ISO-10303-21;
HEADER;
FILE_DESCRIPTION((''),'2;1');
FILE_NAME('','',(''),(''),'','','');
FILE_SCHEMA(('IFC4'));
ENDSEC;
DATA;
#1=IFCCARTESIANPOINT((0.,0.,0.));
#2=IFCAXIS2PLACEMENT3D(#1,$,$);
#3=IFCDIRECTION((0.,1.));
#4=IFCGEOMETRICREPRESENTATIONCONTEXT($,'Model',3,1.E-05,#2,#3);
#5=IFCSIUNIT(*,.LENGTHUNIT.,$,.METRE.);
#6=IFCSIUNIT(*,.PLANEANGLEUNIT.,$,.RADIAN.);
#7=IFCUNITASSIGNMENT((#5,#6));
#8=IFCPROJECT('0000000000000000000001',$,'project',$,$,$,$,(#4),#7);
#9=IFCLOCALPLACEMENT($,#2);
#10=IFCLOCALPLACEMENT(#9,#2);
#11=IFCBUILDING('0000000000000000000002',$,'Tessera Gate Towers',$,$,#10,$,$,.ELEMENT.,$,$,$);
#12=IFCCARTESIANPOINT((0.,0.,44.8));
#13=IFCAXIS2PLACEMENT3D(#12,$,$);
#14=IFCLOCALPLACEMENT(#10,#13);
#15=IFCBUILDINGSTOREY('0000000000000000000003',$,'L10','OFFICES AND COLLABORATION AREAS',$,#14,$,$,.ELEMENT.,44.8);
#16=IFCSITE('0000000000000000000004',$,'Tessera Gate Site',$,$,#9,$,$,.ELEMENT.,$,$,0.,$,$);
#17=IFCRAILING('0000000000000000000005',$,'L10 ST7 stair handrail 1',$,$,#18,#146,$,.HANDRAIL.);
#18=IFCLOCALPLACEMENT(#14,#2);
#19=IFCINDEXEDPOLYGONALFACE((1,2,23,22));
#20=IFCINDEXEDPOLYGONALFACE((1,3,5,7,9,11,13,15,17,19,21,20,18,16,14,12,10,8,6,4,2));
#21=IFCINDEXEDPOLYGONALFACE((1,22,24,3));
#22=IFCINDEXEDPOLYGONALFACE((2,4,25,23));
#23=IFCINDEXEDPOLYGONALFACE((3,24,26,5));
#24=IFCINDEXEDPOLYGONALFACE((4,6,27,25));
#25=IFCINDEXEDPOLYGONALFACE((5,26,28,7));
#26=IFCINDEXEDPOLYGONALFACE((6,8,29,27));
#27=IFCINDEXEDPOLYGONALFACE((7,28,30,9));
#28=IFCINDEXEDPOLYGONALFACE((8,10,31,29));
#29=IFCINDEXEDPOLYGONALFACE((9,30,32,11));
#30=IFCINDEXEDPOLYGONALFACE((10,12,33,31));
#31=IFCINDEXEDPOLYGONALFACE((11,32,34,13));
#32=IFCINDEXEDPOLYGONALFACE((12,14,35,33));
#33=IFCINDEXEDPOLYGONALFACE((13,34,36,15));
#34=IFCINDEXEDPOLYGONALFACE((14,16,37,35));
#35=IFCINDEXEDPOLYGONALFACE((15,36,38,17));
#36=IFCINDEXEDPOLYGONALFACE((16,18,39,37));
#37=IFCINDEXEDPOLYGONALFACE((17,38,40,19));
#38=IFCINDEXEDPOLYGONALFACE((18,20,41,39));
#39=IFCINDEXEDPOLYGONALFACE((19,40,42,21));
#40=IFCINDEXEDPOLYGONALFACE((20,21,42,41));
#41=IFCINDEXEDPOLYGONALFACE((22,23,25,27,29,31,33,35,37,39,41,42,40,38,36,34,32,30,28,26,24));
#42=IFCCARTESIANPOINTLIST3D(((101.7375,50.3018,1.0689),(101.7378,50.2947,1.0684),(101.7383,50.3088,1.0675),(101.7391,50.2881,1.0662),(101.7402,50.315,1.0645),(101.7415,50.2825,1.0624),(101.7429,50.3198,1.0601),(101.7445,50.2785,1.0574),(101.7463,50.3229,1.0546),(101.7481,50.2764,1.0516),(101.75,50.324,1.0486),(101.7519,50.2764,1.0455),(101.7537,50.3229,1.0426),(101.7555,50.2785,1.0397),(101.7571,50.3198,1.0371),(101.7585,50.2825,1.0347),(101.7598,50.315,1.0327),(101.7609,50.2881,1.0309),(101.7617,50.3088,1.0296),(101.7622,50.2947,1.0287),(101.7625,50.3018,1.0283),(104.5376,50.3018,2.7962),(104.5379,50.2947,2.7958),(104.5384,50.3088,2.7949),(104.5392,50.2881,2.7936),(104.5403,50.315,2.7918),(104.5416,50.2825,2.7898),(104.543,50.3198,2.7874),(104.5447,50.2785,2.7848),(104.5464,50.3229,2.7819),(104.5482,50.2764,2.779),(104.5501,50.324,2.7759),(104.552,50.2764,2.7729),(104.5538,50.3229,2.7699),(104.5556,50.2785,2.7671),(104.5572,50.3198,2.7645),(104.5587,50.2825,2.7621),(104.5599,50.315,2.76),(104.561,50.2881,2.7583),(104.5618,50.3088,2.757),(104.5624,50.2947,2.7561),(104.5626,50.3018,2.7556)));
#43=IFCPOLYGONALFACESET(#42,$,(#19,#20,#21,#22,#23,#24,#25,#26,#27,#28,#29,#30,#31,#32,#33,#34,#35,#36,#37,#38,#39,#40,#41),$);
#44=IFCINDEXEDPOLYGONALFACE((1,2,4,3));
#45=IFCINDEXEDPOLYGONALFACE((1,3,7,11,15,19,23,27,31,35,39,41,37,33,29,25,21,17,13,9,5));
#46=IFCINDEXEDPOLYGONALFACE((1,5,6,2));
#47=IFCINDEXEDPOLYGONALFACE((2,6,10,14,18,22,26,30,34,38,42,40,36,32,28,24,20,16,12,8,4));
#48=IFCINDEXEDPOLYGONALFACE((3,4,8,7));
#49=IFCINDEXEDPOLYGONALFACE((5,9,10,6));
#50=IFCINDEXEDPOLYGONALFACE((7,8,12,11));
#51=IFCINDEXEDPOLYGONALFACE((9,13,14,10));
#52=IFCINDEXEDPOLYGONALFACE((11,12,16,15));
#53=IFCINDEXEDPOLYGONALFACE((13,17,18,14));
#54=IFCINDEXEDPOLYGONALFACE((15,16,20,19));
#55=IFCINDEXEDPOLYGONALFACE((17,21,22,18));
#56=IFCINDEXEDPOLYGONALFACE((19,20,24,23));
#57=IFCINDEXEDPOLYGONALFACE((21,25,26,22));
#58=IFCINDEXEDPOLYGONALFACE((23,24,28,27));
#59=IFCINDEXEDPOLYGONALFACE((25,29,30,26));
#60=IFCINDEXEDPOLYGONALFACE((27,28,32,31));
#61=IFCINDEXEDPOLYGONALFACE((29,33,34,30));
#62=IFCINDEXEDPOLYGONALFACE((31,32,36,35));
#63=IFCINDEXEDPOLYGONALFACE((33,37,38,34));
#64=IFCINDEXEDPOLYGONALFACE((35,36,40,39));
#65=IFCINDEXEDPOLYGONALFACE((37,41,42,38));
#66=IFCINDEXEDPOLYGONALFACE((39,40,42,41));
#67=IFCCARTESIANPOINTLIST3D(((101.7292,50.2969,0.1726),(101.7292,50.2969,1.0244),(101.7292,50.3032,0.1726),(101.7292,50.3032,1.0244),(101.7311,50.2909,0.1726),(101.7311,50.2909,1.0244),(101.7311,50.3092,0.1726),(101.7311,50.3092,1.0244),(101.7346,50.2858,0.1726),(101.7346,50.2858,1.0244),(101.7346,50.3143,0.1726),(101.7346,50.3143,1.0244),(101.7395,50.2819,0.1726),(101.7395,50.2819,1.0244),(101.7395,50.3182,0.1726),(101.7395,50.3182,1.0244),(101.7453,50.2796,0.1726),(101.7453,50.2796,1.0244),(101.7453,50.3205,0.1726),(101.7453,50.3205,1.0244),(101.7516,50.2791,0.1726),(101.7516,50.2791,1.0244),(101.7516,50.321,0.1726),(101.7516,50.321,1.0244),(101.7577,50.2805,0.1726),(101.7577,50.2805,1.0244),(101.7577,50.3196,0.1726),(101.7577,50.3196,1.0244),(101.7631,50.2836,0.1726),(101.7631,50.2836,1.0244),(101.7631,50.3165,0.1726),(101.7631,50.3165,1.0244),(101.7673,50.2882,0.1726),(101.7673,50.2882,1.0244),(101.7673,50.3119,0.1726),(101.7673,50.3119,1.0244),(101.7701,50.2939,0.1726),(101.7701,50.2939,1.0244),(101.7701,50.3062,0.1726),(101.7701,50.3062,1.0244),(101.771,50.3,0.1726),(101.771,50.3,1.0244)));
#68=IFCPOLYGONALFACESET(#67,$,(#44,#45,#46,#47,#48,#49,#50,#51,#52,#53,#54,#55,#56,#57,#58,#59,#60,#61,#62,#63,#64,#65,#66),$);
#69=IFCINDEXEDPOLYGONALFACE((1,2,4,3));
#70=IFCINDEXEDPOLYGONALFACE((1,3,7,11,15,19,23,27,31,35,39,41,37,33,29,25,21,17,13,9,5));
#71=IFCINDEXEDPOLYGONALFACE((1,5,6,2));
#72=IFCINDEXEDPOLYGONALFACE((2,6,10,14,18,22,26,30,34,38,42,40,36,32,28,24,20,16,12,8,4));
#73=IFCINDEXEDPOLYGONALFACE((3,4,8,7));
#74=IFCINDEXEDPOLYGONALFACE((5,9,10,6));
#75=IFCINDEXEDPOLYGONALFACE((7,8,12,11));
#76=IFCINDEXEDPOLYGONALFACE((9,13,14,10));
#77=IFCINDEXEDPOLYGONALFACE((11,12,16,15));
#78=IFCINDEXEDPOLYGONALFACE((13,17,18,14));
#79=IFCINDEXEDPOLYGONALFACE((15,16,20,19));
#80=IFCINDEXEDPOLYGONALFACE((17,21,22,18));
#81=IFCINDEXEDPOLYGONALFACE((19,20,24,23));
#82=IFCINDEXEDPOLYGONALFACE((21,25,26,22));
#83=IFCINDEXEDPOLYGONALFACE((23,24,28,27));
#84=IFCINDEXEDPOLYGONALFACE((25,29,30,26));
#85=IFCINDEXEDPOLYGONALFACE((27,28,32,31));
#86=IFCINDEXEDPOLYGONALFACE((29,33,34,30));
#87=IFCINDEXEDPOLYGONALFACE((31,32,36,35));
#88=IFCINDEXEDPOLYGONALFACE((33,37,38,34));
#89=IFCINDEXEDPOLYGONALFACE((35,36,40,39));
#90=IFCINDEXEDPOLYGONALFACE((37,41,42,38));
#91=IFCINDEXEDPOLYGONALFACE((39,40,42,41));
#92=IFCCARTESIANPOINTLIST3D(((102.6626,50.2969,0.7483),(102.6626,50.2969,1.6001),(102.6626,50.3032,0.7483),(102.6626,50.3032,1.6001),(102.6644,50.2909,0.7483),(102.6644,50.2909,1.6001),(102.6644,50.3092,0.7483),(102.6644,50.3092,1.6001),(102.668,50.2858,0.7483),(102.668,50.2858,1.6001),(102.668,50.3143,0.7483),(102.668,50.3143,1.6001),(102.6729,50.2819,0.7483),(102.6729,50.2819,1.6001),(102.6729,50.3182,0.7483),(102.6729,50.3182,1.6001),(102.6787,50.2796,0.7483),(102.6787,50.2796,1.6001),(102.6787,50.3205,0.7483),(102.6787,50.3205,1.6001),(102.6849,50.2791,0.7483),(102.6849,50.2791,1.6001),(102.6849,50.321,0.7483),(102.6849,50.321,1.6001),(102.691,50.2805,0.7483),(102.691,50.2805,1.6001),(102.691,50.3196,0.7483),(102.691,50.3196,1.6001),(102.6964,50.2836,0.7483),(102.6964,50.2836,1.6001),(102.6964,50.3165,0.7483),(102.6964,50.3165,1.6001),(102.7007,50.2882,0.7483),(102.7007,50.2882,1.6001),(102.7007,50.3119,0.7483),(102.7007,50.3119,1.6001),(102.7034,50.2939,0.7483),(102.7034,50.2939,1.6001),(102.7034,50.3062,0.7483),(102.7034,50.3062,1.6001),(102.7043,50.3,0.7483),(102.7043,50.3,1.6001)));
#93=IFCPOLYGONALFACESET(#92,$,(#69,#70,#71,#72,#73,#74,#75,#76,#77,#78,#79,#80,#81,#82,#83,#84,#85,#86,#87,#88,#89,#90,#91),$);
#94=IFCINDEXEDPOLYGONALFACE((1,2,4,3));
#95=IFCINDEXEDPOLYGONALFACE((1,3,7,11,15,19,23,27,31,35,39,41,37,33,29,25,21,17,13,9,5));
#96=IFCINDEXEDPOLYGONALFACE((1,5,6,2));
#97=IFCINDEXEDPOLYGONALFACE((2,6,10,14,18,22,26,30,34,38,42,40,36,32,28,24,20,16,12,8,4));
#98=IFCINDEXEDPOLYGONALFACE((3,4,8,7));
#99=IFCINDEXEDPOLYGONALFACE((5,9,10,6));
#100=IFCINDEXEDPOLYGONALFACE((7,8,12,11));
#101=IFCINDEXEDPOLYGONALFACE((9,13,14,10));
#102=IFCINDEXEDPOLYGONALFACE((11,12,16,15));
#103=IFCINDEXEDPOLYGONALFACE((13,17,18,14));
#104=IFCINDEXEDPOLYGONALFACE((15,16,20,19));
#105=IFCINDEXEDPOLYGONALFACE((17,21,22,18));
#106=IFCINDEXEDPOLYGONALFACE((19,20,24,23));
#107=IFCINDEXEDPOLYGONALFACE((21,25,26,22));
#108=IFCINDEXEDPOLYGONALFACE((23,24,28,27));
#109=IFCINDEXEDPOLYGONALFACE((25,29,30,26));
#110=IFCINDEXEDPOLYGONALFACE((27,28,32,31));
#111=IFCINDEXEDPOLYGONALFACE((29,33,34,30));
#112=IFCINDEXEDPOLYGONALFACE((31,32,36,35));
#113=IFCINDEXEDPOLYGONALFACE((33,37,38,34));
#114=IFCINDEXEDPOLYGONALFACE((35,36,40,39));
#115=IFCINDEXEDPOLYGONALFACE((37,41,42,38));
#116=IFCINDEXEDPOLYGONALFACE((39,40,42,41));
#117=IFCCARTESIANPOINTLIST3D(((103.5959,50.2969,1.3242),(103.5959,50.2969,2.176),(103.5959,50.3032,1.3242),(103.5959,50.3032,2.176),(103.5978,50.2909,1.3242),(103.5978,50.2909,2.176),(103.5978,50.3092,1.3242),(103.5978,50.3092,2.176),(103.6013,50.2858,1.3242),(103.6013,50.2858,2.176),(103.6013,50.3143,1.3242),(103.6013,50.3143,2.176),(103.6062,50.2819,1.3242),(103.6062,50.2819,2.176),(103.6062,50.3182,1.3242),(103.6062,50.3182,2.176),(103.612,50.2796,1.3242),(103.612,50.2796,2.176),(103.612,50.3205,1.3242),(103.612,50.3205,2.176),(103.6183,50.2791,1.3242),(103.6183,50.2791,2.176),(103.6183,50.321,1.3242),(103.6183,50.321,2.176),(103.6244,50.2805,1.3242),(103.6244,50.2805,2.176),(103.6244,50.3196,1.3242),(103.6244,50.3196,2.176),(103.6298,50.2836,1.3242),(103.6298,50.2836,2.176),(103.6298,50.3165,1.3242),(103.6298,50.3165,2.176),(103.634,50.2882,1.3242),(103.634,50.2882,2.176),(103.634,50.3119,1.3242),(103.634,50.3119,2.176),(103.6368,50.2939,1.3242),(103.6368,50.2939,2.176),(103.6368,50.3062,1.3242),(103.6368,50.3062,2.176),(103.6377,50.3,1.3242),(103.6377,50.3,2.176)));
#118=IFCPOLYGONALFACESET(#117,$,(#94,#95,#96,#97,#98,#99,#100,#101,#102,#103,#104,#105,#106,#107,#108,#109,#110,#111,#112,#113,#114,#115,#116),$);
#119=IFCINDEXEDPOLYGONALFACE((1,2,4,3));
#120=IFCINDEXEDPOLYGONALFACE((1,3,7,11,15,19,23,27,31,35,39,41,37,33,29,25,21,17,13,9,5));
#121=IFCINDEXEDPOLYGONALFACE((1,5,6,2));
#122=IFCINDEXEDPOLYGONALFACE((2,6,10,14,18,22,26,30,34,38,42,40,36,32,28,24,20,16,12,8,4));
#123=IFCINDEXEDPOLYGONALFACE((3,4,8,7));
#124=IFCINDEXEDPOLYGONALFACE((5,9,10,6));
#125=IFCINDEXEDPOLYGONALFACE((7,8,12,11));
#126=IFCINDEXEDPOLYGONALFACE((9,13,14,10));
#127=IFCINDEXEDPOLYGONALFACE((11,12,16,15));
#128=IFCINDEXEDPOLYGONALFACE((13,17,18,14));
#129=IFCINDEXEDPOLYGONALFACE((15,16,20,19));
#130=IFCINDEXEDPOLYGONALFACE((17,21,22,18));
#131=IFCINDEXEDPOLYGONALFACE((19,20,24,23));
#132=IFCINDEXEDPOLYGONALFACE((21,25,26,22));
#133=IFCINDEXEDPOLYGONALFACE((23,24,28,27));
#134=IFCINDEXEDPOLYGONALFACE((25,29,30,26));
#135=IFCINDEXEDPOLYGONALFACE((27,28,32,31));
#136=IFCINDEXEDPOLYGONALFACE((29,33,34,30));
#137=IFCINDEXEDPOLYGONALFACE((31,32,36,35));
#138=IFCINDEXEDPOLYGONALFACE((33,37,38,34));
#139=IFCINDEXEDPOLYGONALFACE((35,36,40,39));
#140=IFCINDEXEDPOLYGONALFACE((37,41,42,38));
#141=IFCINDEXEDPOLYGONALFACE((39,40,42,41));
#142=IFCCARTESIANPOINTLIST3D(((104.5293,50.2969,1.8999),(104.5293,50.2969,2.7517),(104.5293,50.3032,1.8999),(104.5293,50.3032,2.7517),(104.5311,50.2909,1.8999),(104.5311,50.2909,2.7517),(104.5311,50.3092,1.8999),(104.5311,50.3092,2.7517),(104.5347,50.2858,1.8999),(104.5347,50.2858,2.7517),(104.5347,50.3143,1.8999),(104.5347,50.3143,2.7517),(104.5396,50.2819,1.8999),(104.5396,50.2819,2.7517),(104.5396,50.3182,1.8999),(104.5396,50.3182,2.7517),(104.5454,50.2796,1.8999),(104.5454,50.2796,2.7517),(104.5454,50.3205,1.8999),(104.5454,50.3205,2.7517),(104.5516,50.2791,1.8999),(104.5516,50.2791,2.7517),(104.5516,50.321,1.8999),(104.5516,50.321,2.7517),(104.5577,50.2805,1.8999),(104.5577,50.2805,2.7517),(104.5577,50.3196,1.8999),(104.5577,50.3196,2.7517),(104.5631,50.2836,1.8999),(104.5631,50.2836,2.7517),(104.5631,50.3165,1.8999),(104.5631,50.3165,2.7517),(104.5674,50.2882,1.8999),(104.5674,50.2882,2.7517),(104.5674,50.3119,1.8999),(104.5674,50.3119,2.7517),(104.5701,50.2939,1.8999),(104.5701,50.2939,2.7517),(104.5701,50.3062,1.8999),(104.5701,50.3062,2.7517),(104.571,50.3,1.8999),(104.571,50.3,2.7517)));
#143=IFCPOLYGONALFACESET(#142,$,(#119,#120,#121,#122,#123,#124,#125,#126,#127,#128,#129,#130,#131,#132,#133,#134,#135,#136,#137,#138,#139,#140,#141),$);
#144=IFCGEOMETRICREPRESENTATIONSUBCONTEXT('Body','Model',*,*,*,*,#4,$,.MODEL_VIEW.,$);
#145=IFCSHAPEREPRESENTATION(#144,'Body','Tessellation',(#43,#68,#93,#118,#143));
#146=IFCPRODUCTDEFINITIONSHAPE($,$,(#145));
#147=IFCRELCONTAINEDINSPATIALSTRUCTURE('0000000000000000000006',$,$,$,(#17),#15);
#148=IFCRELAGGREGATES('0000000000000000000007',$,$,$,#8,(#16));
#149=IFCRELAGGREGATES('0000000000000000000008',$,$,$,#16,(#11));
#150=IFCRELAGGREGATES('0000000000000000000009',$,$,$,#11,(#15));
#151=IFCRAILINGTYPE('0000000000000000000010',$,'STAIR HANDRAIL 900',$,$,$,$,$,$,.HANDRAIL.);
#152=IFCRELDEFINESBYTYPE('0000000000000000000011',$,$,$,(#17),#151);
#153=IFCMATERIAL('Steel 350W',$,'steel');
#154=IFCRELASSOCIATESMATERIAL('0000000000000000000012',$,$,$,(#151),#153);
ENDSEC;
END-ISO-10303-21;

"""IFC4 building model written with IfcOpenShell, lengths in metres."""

from ifc_helpers import new_model, si_unit, direction, frame, origin, origin_2d, place, context, subcontext, project, spatial, circle, extrude, material, type_object, element, save


model = new_model("IFC4")

# Units and contexts
model_context = context("Model", 3, precision=1e-05, world=origin(), true_north=direction((0.0, 1.0)))
body_context = subcontext(model_context, "Body", "Model", "MODEL_VIEW")
ifc_project = project(units=[si_unit("LENGTHUNIT", "METRE"), si_unit("PLANEANGLEUNIT", "RADIAN")], contexts=[model_context])

# Site, building, storey
site_placement = place(None, origin())
site = spatial("IfcSite", under=ifc_project, at=site_placement, Name="Tessera Gate Site", CompositionType="ELEMENT", RefElevation=0.0)
building_placement = place(site_placement, origin())
building = spatial("IfcBuilding", under=site, at=building_placement, Name="Tessera Gate Towers", CompositionType="ELEMENT")
storey_placement = place(building_placement, frame((0.0, 0.0, 44.8)))
storey = spatial("IfcBuildingStorey", under=building, at=storey_placement, Name="L10", Description="OFFICES AND COLLABORATION AREAS", CompositionType="ELEMENT", Elevation=44.8)

# Railing
ifc_material_1 = material(Name="Steel 350W", Category="steel")
railing_type_1 = type_object("IfcRailingType", Name="STAIR HANDRAIL 900", PredefinedType="HANDRAIL", material=ifc_material_1)
railing_1_placement = place(storey_placement, frame((101.75, 50.3, 0.1726)))
element("IfcRailing", 1, at=railing_1_placement, inside=storey, type_object=railing_type_1, Name="L10 ST7 stair handrail 1", PredefinedType="HANDRAIL", context=body_context, shape_type="SweptSolid", body=[
    extrude(circle(Radius=0.0239, at=origin_2d()), frame((0.0, 0.0, 0.876), z_axis=(0.85109, 0.0, 0.52502), x_axis=(0.0, 1.0, 0.0)), (0.0, 0.0, 1.0), 3.29),
    extrude(circle(Radius=0.021, at=origin_2d()), origin(), (0.0, 0.0, 1.0), 0.8518),
    extrude(circle(Radius=0.021, at=origin_2d()), frame((0.9333, 0.0, 0.5757)), (0.0, 0.0, 1.0), 0.8518),
    extrude(circle(Radius=0.021, at=origin_2d()), frame((1.8667, 0.0, 1.1516)), (0.0, 0.0, 1.0), 0.8518),
    extrude(circle(Radius=0.021, at=origin_2d()), frame((2.8, 0.0, 1.7273)), (0.0, 0.0, 1.0), 0.8518),
])

save(model, "model.ifc")
